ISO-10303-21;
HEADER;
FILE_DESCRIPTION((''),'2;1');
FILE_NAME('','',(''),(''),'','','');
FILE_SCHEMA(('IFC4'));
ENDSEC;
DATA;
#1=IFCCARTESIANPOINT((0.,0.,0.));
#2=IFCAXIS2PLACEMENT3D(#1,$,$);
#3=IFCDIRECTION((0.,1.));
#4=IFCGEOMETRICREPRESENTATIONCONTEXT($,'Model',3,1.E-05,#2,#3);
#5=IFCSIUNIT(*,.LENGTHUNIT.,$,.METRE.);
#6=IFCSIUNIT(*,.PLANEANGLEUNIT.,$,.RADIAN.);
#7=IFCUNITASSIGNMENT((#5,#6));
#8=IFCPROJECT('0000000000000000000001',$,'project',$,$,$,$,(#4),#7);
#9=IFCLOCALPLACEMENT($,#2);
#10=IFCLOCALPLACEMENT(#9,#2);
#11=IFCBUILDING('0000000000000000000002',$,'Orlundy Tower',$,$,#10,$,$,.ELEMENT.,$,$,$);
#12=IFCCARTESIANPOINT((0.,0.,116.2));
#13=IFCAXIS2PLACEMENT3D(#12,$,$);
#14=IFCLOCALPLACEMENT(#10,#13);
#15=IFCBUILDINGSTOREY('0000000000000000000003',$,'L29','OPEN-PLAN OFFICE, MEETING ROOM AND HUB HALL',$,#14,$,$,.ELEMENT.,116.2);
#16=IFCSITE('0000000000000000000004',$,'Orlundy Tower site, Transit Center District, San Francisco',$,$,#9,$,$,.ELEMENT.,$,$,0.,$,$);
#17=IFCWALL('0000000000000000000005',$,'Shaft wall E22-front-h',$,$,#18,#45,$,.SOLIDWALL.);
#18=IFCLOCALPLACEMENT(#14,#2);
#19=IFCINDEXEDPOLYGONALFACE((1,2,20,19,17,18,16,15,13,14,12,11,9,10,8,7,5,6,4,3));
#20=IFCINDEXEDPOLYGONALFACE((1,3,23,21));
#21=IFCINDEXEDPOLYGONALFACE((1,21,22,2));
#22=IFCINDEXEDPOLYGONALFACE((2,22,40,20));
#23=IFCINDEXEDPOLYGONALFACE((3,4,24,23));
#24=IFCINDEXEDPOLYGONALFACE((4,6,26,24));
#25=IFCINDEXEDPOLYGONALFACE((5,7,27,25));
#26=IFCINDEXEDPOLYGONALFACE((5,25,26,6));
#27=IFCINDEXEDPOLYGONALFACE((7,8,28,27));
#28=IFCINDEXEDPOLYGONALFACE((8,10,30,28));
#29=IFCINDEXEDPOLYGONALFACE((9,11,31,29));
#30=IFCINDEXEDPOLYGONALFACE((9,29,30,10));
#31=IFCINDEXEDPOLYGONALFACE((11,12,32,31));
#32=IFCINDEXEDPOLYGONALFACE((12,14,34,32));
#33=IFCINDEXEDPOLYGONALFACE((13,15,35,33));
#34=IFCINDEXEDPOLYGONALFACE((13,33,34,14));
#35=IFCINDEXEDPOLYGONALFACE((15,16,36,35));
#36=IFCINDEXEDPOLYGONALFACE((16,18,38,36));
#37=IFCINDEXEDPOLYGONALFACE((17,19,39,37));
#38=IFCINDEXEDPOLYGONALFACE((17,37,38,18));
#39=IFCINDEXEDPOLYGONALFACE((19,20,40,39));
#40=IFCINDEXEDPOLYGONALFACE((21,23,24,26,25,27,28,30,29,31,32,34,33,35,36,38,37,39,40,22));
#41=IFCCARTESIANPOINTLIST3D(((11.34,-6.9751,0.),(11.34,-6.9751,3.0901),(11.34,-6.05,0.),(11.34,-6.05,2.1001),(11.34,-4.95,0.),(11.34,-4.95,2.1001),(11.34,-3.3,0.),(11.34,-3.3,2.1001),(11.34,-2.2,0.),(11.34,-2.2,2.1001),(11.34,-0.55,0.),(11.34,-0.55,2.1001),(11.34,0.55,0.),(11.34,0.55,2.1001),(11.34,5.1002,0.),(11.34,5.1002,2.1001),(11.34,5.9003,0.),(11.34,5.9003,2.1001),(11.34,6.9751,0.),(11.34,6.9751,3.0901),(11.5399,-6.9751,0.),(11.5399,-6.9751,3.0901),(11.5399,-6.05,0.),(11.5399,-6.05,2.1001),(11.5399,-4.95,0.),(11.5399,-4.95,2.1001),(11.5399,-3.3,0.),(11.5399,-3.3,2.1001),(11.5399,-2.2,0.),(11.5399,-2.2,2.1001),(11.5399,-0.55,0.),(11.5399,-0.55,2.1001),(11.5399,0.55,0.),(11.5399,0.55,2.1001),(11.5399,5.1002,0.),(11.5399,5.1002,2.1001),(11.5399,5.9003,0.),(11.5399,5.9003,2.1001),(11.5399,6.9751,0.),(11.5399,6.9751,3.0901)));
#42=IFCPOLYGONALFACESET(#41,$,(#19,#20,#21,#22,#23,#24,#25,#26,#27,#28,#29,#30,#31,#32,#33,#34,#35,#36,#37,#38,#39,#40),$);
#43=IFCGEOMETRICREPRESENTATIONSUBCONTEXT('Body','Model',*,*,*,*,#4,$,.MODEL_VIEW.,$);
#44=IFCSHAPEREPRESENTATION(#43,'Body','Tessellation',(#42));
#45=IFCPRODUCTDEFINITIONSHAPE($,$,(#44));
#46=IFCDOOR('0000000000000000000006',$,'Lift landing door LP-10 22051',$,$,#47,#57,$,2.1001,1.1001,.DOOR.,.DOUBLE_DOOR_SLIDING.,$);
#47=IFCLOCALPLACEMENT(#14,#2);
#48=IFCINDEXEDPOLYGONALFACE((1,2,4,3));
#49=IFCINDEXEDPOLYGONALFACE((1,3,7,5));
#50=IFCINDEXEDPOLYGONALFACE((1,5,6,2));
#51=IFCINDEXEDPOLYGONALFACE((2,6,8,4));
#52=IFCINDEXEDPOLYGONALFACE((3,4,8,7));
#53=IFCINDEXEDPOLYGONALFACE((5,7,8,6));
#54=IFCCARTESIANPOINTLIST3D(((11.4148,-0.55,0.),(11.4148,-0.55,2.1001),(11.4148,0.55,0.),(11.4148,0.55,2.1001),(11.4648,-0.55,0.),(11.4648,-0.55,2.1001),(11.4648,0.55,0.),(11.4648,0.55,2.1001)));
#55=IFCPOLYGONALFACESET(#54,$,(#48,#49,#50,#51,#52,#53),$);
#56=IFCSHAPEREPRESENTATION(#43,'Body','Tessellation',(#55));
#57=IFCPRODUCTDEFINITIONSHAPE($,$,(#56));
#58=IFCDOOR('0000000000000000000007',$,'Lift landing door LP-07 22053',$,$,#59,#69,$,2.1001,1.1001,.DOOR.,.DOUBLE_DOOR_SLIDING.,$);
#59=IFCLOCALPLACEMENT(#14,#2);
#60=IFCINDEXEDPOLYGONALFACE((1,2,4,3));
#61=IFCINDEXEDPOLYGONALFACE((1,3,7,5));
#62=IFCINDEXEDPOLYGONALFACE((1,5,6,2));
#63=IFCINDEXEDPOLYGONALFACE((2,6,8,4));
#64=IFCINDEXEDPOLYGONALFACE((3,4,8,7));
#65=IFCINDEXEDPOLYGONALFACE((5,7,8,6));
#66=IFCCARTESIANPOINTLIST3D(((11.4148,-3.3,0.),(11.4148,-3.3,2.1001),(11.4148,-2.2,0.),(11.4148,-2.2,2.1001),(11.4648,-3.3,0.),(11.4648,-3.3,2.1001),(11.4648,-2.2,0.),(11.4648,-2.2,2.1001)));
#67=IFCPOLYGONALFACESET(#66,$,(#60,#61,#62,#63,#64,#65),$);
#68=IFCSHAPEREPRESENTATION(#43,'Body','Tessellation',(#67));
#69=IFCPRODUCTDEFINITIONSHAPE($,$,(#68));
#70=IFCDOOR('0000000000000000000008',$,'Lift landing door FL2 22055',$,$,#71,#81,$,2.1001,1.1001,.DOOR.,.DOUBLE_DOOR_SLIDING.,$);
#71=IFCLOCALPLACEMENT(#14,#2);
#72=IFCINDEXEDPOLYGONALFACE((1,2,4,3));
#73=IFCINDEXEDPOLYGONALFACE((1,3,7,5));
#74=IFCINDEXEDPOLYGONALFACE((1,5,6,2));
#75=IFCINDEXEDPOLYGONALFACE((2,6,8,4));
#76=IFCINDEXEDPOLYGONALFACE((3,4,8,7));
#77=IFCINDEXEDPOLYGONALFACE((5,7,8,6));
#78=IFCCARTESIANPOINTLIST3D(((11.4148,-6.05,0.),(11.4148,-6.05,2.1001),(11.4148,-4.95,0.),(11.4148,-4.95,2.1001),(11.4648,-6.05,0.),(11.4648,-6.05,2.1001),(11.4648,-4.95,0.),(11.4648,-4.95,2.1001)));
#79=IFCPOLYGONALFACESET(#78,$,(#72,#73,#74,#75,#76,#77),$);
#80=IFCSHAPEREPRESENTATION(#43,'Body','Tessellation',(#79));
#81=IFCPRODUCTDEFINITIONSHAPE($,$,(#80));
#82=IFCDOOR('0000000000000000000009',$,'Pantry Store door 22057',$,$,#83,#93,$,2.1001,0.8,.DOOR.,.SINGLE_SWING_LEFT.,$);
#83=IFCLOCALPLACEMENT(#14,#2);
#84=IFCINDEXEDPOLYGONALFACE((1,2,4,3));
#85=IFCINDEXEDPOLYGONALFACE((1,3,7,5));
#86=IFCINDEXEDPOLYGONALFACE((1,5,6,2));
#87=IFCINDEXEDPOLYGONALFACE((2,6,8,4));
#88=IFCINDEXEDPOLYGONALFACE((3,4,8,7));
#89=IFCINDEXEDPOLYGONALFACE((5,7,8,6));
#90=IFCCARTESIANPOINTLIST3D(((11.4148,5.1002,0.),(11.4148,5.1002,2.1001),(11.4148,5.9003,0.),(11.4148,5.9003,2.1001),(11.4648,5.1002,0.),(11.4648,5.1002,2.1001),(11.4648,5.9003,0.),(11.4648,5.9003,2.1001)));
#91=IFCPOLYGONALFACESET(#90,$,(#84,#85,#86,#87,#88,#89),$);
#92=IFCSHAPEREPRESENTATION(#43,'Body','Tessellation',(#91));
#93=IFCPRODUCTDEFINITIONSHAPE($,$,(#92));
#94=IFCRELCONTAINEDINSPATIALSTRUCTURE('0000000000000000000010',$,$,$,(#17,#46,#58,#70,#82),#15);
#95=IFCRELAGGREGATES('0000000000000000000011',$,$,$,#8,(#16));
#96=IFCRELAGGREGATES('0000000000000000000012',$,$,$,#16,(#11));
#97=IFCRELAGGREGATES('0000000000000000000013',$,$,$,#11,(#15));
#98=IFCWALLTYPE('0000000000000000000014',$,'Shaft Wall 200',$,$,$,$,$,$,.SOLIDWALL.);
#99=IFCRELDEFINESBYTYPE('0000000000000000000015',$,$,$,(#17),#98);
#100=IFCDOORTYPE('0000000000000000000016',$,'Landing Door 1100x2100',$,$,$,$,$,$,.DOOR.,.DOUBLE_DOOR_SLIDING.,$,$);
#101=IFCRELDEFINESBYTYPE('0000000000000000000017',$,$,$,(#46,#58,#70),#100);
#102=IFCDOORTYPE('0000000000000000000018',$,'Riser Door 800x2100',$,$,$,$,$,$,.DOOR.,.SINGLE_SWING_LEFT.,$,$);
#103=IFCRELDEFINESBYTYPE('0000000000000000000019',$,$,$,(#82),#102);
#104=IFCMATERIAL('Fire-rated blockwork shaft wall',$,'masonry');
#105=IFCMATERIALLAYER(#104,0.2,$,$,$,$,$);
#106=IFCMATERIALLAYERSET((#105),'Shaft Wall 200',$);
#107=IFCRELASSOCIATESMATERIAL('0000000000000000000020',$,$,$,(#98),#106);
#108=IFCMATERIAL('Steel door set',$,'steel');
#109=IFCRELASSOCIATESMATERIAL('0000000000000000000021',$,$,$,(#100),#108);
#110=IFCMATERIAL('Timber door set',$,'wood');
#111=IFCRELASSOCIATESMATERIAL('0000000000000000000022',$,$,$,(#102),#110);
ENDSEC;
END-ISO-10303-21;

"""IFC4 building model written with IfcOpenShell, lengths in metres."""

from ifc_helpers import new_model, si_unit, direction, frame, frame_2d, origin, place, context, subcontext, project, spatial, rectangle, extrude, material, layer, layer_set, type_object, element, fill, save


model = new_model("IFC4")

# Units and contexts
model_context = context("Model", 3, precision=1e-05, world=origin(), true_north=direction((0.0, 1.0)))
body_context = subcontext(model_context, "Body", "Model", "MODEL_VIEW")
ifc_project = project(units=[si_unit("LENGTHUNIT", "METRE"), si_unit("PLANEANGLEUNIT", "RADIAN")], contexts=[model_context])

# Site, building, storey
site_placement = place(None, origin())
site = spatial("IfcSite", under=ifc_project, at=site_placement, Name="Orlundy Tower site, Transit Center District, San Francisco", CompositionType="ELEMENT", RefElevation=0.0)
building_placement = place(site_placement, origin())
building = spatial("IfcBuilding", under=site, at=building_placement, Name="Orlundy Tower", CompositionType="ELEMENT")
storey_placement = place(building_placement, frame((0.0, 0.0, 116.2)))
storey = spatial("IfcBuildingStorey", under=building, at=storey_placement, Name="L29", Description="OPEN-PLAN OFFICE, MEETING ROOM AND HUB HALL", CompositionType="ELEMENT", Elevation=116.2)

# Shared definitions
ifc_material_1 = material(Name="Fire-rated blockwork shaft wall", Category="masonry")
ifc_layer_1 = layer(ifc_material_1, 0.2)
ifc_layer_set_1 = layer_set([ifc_layer_1], Name="Shaft Wall 200")
wall_type_1 = type_object("IfcWallType", Name="Shaft Wall 200", PredefinedType="SOLIDWALL", material=ifc_layer_set_1)

# Wall, openings, doors
wall_1_placement = place(storey_placement, frame((11.4399, 6.9751, 0.0), z_axis=(0.0, 0.0, 1.0), x_axis=(0.0, -1.0, 0.0)))
wall_1 = element("IfcWall", 1, at=wall_1_placement, inside=storey, type_object=wall_type_1, Name="Shaft wall E22-front-h", PredefinedType="SOLIDWALL", context=body_context, shape_type="SweptSolid", body=[
    extrude(rectangle(XDim=13.9502, YDim=0.2, at=frame_2d((6.9751, 0.0))), origin(), (0.0, 0.0, 1.0), 3.0901),
])
opening_1_placement = place(wall_1_placement, frame((6.425, 0.0, 0.0)))
opening_1 = element("IfcOpeningElement", 2, at=opening_1_placement, cuts=wall_1, PredefinedType="OPENING", context=body_context, shape_type="SweptSolid", body=[
    extrude(rectangle(XDim=1.1001, YDim=2.1001, at=frame_2d((0.55, 1.05))), frame((0.0, 0.1101, 0.0), z_axis=(0.0, -1.0, 0.0), x_axis=(1.0, 0.0, 0.0)), (0.0, 0.0, 1.0), 0.2202),
])
opening_2_placement = place(wall_1_placement, frame((9.175, 0.0, 0.0)))
opening_2 = element("IfcOpeningElement", 3, at=opening_2_placement, cuts=wall_1, PredefinedType="OPENING", context=body_context, shape_type="SweptSolid", body=[
    extrude(rectangle(XDim=1.1001, YDim=2.1001, at=frame_2d((0.55, 1.05))), frame((0.0, 0.1101, 0.0), z_axis=(0.0, -1.0, 0.0), x_axis=(1.0, 0.0, 0.0)), (0.0, 0.0, 1.0), 0.2202),
])
opening_3_placement = place(wall_1_placement, frame((11.925, 0.0, 0.0)))
opening_3 = element("IfcOpeningElement", 4, at=opening_3_placement, cuts=wall_1, PredefinedType="OPENING", context=body_context, shape_type="SweptSolid", body=[
    extrude(rectangle(XDim=1.1001, YDim=2.1001, at=frame_2d((0.55, 1.05))), frame((0.0, 0.1101, 0.0), z_axis=(0.0, -1.0, 0.0), x_axis=(1.0, 0.0, 0.0)), (0.0, 0.0, 1.0), 0.2202),
])
opening_4_placement = place(wall_1_placement, frame((1.075, 0.0, 0.0)))
opening_4 = element("IfcOpeningElement", 5, at=opening_4_placement, cuts=wall_1, PredefinedType="OPENING", context=body_context, shape_type="SweptSolid", body=[
    extrude(rectangle(XDim=0.8, YDim=2.1001, at=frame_2d((0.3999, 1.05))), frame((0.0, 0.1101, 0.0), z_axis=(0.0, -1.0, 0.0), x_axis=(1.0, 0.0, 0.0)), (0.0, 0.0, 1.0), 0.2202),
])
ifc_material_2 = material(Name="Steel door set", Category="steel")
door_type_1 = type_object("IfcDoorType", Name="Landing Door 1100x2100", OperationType="DOUBLE_DOOR_SLIDING", PredefinedType="DOOR", material=ifc_material_2)
door_1_placement = place(opening_1_placement, origin())
door_1 = element("IfcDoor", 6, at=door_1_placement, inside=storey, type_object=door_type_1, Name="Lift landing door LP-10 22051", OperationType="DOUBLE_DOOR_SLIDING", OverallHeight=2.1001, OverallWidth=1.1001, PredefinedType="DOOR", context=body_context, shape_type="SweptSolid", body=[
    extrude(rectangle(XDim=1.1001, YDim=2.1001, at=frame_2d((0.55, 1.05))), frame((0.0, 0.0249, 0.0), z_axis=(0.0, -1.0, 0.0), x_axis=(1.0, 0.0, 0.0)), (0.0, 0.0, 1.0), 0.05),
])
fill(opening_1, door_1)
door_2_placement = place(opening_2_placement, origin())
door_2 = element("IfcDoor", 7, at=door_2_placement, inside=storey, type_object=door_type_1, Name="Lift landing door LP-07 22053", OperationType="DOUBLE_DOOR_SLIDING", OverallHeight=2.1001, OverallWidth=1.1001, PredefinedType="DOOR", context=body_context, shape_type="SweptSolid", body=[
    extrude(rectangle(XDim=1.1001, YDim=2.1001, at=frame_2d((0.55, 1.05))), frame((0.0, 0.0249, 0.0), z_axis=(0.0, -1.0, 0.0), x_axis=(1.0, 0.0, 0.0)), (0.0, 0.0, 1.0), 0.05),
])
fill(opening_2, door_2)
door_3_placement = place(opening_3_placement, origin())
door_3 = element("IfcDoor", 8, at=door_3_placement, inside=storey, type_object=door_type_1, Name="Lift landing door FL2 22055", OperationType="DOUBLE_DOOR_SLIDING", OverallHeight=2.1001, OverallWidth=1.1001, PredefinedType="DOOR", context=body_context, shape_type="SweptSolid", body=[
    extrude(rectangle(XDim=1.1001, YDim=2.1001, at=frame_2d((0.55, 1.05))), frame((0.0, 0.0249, 0.0), z_axis=(0.0, -1.0, 0.0), x_axis=(1.0, 0.0, 0.0)), (0.0, 0.0, 1.0), 0.05),
])
fill(opening_3, door_3)
ifc_material_3 = material(Name="Timber door set", Category="wood")
door_type_2 = type_object("IfcDoorType", Name="Riser Door 800x2100", OperationType="SINGLE_SWING_LEFT", PredefinedType="DOOR", material=ifc_material_3)
door_4_placement = place(opening_4_placement, origin())
door_4 = element("IfcDoor", 9, at=door_4_placement, inside=storey, type_object=door_type_2, Name="Pantry Store door 22057", OperationType="SINGLE_SWING_LEFT", OverallHeight=2.1001, OverallWidth=0.8, PredefinedType="DOOR", context=body_context, shape_type="SweptSolid", body=[
    extrude(rectangle(XDim=0.8, YDim=2.1001, at=frame_2d((0.3999, 1.05))), frame((0.0, 0.0249, 0.0), z_axis=(0.0, -1.0, 0.0), x_axis=(1.0, 0.0, 0.0)), (0.0, 0.0, 1.0), 0.05),
])
fill(opening_4, door_4)

save(model, "model.ifc")
